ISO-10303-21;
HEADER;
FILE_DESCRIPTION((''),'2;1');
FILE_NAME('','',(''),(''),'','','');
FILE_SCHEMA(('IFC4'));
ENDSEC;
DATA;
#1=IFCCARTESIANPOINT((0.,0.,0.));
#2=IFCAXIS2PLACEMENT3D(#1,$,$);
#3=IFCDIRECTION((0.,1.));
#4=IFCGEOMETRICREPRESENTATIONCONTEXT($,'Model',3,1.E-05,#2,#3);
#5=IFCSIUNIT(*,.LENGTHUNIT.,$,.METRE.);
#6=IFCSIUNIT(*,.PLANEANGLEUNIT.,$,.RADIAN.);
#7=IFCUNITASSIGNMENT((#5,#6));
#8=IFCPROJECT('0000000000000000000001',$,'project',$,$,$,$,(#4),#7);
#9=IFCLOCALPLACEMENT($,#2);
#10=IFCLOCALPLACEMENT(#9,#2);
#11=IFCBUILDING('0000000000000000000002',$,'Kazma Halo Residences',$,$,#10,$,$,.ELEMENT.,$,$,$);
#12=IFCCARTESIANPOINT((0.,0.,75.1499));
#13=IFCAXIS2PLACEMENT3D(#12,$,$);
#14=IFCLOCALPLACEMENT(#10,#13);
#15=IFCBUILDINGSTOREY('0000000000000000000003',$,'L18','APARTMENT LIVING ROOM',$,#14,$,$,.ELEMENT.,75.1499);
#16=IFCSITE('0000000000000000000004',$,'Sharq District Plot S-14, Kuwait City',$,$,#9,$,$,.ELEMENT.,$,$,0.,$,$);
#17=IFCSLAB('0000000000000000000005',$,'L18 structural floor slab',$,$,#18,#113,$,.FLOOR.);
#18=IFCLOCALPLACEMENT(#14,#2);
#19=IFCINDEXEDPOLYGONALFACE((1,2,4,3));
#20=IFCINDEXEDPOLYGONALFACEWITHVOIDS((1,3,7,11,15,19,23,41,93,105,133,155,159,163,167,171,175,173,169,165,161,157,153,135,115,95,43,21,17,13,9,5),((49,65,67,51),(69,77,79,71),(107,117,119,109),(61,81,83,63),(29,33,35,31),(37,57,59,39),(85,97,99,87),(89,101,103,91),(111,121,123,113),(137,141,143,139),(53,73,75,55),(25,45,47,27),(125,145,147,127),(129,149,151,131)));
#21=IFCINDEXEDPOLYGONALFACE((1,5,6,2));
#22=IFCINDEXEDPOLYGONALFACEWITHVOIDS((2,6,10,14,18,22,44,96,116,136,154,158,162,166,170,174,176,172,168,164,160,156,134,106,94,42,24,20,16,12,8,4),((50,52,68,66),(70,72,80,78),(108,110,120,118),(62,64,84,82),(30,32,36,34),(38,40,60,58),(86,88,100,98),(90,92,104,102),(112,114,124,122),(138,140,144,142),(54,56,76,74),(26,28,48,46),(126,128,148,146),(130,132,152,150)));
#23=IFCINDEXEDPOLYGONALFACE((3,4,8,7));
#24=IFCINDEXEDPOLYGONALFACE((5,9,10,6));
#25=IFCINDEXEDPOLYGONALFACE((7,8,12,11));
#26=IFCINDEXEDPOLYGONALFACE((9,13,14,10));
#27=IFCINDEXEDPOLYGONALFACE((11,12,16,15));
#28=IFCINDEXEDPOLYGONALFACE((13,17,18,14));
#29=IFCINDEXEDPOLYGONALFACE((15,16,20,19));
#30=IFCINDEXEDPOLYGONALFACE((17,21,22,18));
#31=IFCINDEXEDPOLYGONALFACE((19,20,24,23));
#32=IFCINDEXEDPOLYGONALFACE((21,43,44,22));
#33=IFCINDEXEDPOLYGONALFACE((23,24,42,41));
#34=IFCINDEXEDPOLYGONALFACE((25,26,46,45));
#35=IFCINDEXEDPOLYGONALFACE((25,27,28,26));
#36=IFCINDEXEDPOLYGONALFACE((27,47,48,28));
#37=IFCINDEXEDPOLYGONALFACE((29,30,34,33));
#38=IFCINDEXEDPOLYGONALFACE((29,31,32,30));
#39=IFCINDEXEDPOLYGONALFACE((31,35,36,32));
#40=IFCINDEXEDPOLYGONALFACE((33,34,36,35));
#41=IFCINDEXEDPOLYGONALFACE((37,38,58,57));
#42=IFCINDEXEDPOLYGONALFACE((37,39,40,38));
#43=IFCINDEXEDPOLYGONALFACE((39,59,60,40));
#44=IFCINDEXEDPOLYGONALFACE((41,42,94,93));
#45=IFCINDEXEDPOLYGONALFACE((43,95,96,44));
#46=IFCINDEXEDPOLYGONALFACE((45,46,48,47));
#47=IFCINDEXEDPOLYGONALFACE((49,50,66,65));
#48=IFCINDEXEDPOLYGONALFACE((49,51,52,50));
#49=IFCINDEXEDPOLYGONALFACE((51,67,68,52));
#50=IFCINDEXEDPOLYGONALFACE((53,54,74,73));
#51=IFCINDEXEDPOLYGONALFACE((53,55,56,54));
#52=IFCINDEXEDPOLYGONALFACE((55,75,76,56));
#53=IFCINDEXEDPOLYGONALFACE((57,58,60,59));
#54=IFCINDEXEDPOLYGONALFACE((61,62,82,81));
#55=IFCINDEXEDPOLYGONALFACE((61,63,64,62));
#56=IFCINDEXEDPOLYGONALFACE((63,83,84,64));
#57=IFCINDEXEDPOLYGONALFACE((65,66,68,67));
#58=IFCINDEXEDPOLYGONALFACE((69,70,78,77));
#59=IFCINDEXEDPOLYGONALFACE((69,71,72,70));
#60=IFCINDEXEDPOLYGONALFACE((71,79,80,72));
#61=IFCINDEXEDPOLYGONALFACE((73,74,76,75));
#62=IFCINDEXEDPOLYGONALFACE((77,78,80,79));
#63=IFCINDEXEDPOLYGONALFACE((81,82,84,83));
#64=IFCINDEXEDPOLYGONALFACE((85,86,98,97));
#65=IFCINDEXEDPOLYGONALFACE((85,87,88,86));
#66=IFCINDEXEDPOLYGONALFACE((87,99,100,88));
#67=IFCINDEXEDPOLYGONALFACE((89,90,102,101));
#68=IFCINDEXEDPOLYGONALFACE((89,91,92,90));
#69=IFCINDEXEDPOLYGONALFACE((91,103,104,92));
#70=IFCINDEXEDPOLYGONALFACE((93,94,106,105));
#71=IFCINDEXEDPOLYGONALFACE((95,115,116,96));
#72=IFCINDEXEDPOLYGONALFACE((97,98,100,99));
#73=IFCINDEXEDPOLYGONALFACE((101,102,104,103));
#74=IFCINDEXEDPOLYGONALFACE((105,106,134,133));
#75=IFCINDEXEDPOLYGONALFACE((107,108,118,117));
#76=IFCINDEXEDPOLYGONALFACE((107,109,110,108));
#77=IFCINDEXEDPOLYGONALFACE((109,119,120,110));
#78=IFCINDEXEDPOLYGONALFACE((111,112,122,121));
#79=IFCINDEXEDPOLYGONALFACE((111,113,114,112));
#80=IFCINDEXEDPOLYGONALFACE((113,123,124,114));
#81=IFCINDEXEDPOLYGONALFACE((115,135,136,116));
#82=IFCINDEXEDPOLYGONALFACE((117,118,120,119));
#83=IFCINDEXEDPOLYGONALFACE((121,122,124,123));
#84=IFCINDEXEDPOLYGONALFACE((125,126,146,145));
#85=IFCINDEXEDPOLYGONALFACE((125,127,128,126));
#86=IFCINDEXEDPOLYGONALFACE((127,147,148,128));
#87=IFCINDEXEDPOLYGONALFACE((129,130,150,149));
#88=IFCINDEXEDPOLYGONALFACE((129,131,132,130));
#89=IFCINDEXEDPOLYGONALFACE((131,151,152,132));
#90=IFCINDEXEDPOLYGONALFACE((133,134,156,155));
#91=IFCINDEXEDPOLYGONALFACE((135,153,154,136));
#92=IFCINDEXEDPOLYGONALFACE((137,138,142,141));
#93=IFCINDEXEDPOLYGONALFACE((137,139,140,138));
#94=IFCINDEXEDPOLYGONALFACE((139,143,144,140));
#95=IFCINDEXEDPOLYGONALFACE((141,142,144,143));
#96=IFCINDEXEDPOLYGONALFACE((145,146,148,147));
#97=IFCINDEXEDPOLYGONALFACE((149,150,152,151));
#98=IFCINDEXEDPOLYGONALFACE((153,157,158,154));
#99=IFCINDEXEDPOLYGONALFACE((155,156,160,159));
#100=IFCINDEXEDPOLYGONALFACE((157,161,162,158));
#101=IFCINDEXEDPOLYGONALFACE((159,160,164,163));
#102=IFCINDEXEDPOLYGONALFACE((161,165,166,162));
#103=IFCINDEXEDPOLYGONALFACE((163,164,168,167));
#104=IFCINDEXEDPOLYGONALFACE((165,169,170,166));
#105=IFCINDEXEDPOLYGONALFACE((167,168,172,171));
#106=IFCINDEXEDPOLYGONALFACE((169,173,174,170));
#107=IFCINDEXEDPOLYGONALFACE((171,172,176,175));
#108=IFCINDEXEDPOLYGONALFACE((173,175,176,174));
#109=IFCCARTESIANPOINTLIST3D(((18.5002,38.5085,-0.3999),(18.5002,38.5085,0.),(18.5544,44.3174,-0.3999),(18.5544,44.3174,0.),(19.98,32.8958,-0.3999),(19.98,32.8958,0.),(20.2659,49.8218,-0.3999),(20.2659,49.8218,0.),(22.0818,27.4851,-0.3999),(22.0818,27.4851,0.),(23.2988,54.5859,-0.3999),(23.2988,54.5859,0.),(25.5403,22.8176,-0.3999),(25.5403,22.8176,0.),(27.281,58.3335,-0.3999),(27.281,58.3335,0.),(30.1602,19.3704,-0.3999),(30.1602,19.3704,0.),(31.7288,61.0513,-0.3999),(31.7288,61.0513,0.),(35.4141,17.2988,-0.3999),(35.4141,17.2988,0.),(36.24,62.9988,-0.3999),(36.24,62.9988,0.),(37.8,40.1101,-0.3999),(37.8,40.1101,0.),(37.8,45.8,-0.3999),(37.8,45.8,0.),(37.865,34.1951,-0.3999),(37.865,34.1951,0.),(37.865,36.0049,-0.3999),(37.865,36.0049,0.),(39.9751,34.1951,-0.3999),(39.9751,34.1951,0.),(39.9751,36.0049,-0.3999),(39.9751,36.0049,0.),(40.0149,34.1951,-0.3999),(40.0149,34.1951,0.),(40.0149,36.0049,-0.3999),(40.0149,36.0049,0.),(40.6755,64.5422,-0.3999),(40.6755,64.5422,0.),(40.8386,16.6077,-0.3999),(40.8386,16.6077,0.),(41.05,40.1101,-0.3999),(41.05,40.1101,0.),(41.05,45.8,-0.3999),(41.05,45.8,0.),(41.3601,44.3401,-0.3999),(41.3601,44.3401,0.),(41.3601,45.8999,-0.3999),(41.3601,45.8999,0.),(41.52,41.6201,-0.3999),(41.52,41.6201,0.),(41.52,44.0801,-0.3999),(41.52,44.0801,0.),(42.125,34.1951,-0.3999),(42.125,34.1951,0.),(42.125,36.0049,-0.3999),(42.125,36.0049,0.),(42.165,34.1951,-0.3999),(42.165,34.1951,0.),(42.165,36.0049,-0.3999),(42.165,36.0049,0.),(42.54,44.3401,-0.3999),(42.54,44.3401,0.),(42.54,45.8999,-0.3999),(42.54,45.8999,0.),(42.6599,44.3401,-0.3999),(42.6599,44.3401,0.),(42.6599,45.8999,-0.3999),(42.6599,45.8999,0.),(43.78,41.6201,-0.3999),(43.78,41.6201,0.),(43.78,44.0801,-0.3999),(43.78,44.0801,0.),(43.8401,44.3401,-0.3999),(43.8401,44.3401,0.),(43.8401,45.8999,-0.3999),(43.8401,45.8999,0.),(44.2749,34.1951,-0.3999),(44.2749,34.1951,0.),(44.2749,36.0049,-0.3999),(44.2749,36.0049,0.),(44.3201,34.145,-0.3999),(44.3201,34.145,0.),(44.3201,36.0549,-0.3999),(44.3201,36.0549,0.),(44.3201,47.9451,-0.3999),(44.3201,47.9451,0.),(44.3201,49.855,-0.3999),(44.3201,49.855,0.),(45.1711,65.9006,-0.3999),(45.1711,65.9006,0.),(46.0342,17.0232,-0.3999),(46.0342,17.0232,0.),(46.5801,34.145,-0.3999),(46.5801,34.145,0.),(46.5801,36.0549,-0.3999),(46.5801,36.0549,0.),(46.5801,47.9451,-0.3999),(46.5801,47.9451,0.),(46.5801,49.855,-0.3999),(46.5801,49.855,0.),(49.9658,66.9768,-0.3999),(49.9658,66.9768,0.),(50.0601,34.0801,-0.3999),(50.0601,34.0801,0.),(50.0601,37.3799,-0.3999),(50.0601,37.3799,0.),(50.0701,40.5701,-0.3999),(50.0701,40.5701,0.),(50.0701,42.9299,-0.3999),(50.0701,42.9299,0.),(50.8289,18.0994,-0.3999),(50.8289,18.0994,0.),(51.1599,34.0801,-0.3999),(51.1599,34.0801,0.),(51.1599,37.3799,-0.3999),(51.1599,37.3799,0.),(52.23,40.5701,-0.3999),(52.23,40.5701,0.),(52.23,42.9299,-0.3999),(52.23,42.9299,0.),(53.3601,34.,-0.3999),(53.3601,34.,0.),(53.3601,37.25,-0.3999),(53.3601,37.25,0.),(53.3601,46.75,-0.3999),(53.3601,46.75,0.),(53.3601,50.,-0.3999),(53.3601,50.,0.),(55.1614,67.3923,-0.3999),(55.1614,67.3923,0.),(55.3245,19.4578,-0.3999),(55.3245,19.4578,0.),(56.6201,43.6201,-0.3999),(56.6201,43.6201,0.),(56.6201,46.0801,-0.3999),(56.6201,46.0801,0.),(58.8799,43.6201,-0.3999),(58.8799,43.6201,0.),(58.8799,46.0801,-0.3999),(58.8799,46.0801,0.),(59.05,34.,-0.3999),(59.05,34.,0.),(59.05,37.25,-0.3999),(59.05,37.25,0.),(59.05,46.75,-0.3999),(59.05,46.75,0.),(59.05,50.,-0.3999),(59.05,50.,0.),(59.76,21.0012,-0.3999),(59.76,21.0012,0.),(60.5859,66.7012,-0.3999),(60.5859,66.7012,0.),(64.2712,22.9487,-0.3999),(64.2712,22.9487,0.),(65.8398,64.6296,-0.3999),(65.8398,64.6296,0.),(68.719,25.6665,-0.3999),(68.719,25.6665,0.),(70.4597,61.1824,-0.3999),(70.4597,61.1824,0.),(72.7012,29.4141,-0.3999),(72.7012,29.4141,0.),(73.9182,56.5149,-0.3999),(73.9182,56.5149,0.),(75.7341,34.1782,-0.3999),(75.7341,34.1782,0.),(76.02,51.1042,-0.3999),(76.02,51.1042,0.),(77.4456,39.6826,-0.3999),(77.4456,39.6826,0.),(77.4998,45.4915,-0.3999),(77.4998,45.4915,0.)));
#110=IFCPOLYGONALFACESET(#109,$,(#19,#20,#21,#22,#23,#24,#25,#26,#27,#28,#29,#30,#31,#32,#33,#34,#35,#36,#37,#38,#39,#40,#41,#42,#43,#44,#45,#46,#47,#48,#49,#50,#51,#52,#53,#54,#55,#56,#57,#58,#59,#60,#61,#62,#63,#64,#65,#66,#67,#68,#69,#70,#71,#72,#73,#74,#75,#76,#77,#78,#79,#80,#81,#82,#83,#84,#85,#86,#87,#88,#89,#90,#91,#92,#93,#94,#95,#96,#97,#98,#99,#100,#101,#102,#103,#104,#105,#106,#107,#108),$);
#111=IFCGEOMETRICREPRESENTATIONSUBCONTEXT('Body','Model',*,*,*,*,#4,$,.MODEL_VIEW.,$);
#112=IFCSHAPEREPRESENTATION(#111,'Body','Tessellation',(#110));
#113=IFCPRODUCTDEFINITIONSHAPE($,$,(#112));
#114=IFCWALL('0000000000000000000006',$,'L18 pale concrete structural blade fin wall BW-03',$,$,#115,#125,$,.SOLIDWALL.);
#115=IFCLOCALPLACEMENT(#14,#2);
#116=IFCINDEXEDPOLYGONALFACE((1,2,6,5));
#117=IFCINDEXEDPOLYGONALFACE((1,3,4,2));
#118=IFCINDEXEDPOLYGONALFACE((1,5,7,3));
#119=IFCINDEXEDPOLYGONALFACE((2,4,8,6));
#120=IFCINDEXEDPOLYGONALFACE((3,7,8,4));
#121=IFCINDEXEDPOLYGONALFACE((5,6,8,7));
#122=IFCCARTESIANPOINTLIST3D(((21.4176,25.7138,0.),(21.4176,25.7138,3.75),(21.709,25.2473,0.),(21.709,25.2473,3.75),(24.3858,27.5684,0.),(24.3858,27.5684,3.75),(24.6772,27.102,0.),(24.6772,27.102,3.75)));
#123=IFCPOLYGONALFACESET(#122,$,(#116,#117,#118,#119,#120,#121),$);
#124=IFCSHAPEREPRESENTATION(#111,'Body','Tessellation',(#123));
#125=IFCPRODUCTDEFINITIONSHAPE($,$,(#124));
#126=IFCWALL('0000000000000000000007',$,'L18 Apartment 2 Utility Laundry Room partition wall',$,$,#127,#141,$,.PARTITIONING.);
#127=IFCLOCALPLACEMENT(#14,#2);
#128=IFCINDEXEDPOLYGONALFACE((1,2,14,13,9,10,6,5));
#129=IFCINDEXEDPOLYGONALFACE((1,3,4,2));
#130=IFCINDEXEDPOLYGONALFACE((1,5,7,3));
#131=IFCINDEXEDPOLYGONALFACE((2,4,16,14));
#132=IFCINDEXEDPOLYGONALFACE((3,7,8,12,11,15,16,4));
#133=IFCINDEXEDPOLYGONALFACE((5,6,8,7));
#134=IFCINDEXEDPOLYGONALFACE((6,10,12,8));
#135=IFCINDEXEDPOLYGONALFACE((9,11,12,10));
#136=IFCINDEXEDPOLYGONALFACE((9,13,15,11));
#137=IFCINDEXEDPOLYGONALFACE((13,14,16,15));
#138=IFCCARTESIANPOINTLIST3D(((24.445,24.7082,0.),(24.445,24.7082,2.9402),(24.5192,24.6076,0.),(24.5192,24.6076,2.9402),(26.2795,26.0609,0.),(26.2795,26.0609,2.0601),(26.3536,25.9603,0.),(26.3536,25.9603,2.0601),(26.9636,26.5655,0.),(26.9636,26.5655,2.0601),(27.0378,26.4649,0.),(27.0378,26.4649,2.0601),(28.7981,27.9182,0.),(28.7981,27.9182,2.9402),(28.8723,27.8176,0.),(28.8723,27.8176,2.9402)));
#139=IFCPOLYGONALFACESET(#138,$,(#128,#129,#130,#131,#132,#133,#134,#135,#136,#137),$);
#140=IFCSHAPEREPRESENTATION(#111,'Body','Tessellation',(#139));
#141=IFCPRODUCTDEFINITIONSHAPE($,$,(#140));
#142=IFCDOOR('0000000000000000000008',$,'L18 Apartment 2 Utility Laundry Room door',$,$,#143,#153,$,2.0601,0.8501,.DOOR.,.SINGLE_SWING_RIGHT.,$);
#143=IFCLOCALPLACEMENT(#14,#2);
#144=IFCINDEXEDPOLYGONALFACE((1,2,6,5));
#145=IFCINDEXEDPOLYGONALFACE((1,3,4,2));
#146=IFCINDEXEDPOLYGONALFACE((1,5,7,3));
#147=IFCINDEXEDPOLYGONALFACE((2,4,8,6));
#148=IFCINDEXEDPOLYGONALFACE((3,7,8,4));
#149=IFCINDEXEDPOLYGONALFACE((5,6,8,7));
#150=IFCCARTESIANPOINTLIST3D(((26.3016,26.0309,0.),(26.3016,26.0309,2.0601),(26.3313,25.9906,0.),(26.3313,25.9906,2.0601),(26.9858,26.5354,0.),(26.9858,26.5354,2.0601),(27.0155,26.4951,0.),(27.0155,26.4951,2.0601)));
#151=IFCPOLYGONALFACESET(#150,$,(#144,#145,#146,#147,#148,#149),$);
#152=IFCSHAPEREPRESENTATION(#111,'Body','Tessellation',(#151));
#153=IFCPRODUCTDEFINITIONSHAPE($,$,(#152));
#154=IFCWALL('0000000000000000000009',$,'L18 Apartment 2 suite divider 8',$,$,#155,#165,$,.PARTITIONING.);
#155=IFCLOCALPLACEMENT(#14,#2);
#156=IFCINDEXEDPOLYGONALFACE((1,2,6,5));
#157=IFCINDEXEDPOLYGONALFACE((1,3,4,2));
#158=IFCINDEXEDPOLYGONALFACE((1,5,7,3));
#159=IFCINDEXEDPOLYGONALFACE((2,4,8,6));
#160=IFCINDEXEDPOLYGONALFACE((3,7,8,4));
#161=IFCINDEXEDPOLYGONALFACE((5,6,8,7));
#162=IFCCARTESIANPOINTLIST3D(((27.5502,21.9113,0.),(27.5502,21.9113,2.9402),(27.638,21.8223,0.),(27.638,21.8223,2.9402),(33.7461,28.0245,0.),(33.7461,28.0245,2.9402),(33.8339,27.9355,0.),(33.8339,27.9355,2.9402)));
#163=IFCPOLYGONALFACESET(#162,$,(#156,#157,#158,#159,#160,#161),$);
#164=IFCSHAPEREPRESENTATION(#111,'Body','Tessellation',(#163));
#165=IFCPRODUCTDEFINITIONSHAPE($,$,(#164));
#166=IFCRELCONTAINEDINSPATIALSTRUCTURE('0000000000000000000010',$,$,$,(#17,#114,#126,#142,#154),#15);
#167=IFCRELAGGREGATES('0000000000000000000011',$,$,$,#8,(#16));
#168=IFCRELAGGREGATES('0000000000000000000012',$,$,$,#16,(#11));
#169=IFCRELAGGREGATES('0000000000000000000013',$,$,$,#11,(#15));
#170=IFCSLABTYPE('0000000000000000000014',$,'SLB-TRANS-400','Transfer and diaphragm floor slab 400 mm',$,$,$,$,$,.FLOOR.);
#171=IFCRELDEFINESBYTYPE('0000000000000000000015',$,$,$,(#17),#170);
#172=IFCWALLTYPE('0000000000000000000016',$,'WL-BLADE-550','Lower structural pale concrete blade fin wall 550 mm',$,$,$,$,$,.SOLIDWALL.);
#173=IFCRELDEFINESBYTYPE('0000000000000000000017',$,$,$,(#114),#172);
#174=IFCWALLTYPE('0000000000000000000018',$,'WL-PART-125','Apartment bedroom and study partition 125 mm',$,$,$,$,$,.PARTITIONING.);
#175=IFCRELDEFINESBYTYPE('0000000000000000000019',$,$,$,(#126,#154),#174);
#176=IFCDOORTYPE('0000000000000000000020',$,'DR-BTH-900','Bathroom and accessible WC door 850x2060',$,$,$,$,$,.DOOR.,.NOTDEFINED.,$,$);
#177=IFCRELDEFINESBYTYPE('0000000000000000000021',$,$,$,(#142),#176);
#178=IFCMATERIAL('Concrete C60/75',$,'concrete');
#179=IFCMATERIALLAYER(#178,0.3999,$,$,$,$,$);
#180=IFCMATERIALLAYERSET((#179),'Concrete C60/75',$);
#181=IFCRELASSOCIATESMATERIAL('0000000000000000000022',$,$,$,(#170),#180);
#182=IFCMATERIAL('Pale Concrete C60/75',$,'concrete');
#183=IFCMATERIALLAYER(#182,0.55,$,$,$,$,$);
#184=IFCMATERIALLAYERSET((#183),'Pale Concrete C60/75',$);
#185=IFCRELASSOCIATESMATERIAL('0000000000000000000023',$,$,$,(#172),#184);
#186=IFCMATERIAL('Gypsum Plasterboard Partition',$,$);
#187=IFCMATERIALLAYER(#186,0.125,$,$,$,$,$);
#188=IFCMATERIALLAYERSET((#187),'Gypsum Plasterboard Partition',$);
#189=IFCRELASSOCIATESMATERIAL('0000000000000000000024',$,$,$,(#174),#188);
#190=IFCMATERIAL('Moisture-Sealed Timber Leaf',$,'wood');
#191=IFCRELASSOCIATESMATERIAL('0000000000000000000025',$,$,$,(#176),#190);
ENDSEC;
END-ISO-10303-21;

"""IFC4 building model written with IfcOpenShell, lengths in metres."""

from ifc_helpers import new_model, si_unit, direction, frame, frame_2d, origin, place, context, subcontext, project, spatial, polyline, rectangle, outline, extrude, material, layer, layer_set, type_object, element, fill, save


model = new_model("IFC4")

# Units and contexts
model_context = context("Model", 3, precision=1e-05, world=origin(), true_north=direction((0.0, 1.0)))
body_context = subcontext(model_context, "Body", "Model", "MODEL_VIEW")
ifc_project = project(units=[si_unit("LENGTHUNIT", "METRE"), si_unit("PLANEANGLEUNIT", "RADIAN")], contexts=[model_context])

# Site, building, storey
site_placement = place(None, origin())
site = spatial("IfcSite", under=ifc_project, at=site_placement, Name="Sharq District Plot S-14, Kuwait City", CompositionType="ELEMENT", RefElevation=0.0)
building_placement = place(site_placement, origin())
building = spatial("IfcBuilding", under=site, at=building_placement, Name="Kazma Halo Residences", CompositionType="ELEMENT")
storey_placement = place(building_placement, frame((0.0, 0.0, 75.1499)))
storey = spatial("IfcBuildingStorey", under=building, at=storey_placement, Name="L18", Description="APARTMENT LIVING ROOM", CompositionType="ELEMENT", Elevation=75.1499)

# Slab
ifc_material_1 = material(Name="Concrete C60/75", Category="concrete")
ifc_layer_1 = layer(ifc_material_1, 0.3999)
ifc_layer_set_1 = layer_set([ifc_layer_1], Name="Concrete C60/75")
slab_type_1 = type_object("IfcSlabType", Name="SLB-TRANS-400", Description="Transfer and diaphragm floor slab 400 mm", PredefinedType="FLOOR", material=ifc_layer_set_1)
slab_1_placement = place(storey_placement, frame((0.0, 0.0, -0.3999)))
element("IfcSlab", 1, at=slab_1_placement, inside=storey, type_object=slab_type_1, Name="L18 structural floor slab", PredefinedType="FLOOR", context=body_context, shape_type="SweptSolid", body=[
    extrude(outline(polyline([(76.02, 51.1042), (73.9182, 56.5149), (70.4597, 61.1824), (65.8398, 64.6296), (60.5859, 66.7012), (55.1614, 67.3923), (49.9658, 66.9768), (45.1711, 65.9006), (40.6755, 64.5422), (36.24, 62.9988), (31.7288, 61.0513), (27.281, 58.3335), (23.2988, 54.5859), (20.2659, 49.8218), (18.5544, 44.3174), (18.5002, 38.5085), (19.98, 32.8958), (22.0818, 27.4851), (25.5403, 22.8176), (30.1602, 19.3704), (35.4141, 17.2988), (40.8386, 16.6077), (46.0342, 17.0232), (50.8289, 18.0994), (55.3245, 19.4578), (59.76, 21.0012), (64.2712, 22.9487), (68.719, 25.6665), (72.7012, 29.4141), (75.7341, 34.1782), (77.4456, 39.6826), (77.4998, 45.4915), (76.02, 51.1042)]), holes=[polyline([(37.8, 40.1101), (41.05, 40.1101), (41.05, 45.8), (37.8, 45.8), (37.8, 40.1101)]), polyline([(53.3601, 46.75), (59.05, 46.75), (59.05, 50.0), (53.3601, 50.0), (53.3601, 46.75)]), polyline([(53.3601, 34.0), (59.05, 34.0), (59.05, 37.25), (53.3601, 37.25), (53.3601, 34.0)]), polyline([(41.52, 41.6201), (43.78, 41.6201), (43.78, 44.0801), (41.52, 44.0801), (41.52, 41.6201)]), polyline([(56.6201, 43.6201), (58.8799, 43.6201), (58.8799, 46.0801), (56.6201, 46.0801), (56.6201, 43.6201)]), polyline([(37.865, 34.1951), (39.9751, 34.1951), (39.9751, 36.0049), (37.865, 36.0049), (37.865, 34.1951)]), polyline([(40.0149, 34.1951), (42.125, 34.1951), (42.125, 36.0049), (40.0149, 36.0049), (40.0149, 34.1951)]), polyline([(42.165, 34.1951), (44.2749, 34.1951), (44.2749, 36.0049), (42.165, 36.0049), (42.165, 34.1951)]), polyline([(44.3201, 47.9451), (46.5801, 47.9451), (46.5801, 49.855), (44.3201, 49.855), (44.3201, 47.9451)]), polyline([(44.3201, 34.145), (46.5801, 34.145), (46.5801, 36.0549), (44.3201, 36.0549), (44.3201, 34.145)]), polyline([(50.0701, 40.5701), (52.23, 40.5701), (52.23, 42.9299), (50.0701, 42.9299), (50.0701, 40.5701)]), polyline([(41.3601, 44.3401), (42.54, 44.3401), (42.54, 45.8999), (41.3601, 45.8999), (41.3601, 44.3401)]), polyline([(42.6599, 44.3401), (43.8401, 44.3401), (43.8401, 45.8999), (42.6599, 45.8999), (42.6599, 44.3401)]), polyline([(50.0601, 34.0801), (51.1599, 34.0801), (51.1599, 37.3799), (50.0601, 37.3799), (50.0601, 34.0801)])]), origin(), (0.0, 0.0, 1.0), 0.3999),
])

# Wall
ifc_material_2 = material(Name="Pale Concrete C60/75", Category="concrete")
ifc_layer_2 = layer(ifc_material_2, 0.55)
ifc_layer_set_2 = layer_set([ifc_layer_2], Name="Pale Concrete C60/75")
wall_type_1 = type_object("IfcWallType", Name="WL-BLADE-550", Description="Lower structural pale concrete blade fin wall 550 mm", PredefinedType="SOLIDWALL", material=ifc_layer_set_2)
wall_1_placement = place(storey_placement, frame((24.5315, 27.3352, 0.0), z_axis=(0.0, 0.0, 1.0), x_axis=(-0.848053, -0.529911, 0.0)))
element("IfcWall", 2, at=wall_1_placement, inside=storey, type_object=wall_type_1, Name="L18 pale concrete structural blade fin wall BW-03", PredefinedType="SOLIDWALL", context=body_context, shape_type="SweptSolid", body=[
    extrude(rectangle(XDim=3.5, YDim=0.55, at=frame_2d((1.75, 0.0))), origin(), (0.0, 0.0, 1.0), 3.75),
])

# Wall, opening, door
ifc_material_3 = material(Name="Gypsum Plasterboard Partition")
ifc_layer_3 = layer(ifc_material_3, 0.125)
ifc_layer_set_3 = layer_set([ifc_layer_3], Name="Gypsum Plasterboard Partition")
wall_type_2 = type_object("IfcWallType", Name="WL-PART-125", Description="Apartment bedroom and study partition 125 mm", PredefinedType="PARTITIONING", material=ifc_layer_set_3)
wall_2_placement = place(storey_placement, frame((28.8352, 27.8679, 0.0), z_axis=(0.0, 0.0, 1.0), x_axis=(-0.804838, -0.593495, 0.0)))
wall_2 = element("IfcWall", 3, at=wall_2_placement, inside=storey, type_object=wall_type_2, Name="L18 Apartment 2 Utility Laundry Room partition wall", PredefinedType="PARTITIONING", context=body_context, shape_type="SweptSolid", body=[
    extrude(rectangle(XDim=5.4087, YDim=0.125, at=frame_2d((2.7043, 0.0))), origin(), (0.0, 0.0, 1.0), 2.9402),
])
opening_placement = place(wall_2_placement, frame((2.2793, 0.0, 0.0)))
opening = element("IfcOpeningElement", 4, at=opening_placement, cuts=wall_2, PredefinedType="OPENING", context=body_context, shape_type="SweptSolid", body=[
    extrude(rectangle(XDim=0.8501, YDim=2.0601, at=frame_2d((0.425, 1.03))), frame((0.0, 0.0725, 0.0), z_axis=(0.0, -1.0, 0.0), x_axis=(1.0, 0.0, 0.0)), (0.0, 0.0, 1.0), 0.145),
])
ifc_material_4 = material(Name="Moisture-Sealed Timber Leaf", Category="wood")
door_type = type_object("IfcDoorType", Name="DR-BTH-900", Description="Bathroom and accessible WC door 850x2060", OperationType="NOTDEFINED", PredefinedType="DOOR", material=ifc_material_4)
door_placement = place(opening_placement, origin())
door = element("IfcDoor", 5, at=door_placement, inside=storey, type_object=door_type, Name="L18 Apartment 2 Utility Laundry Room door", OperationType="SINGLE_SWING_RIGHT", OverallHeight=2.0601, OverallWidth=0.8501, PredefinedType="DOOR", context=body_context, shape_type="SweptSolid", body=[
    extrude(rectangle(XDim=0.8501, YDim=2.0601, at=frame_2d((0.425, 1.03))), frame((0.0, 0.0249, 0.0), z_axis=(0.0, -1.0, 0.0), x_axis=(1.0, 0.0, 0.0)), (0.0, 0.0, 1.0), 0.05),
])
fill(opening, door)

# Wall
wall_3_placement = place(storey_placement, frame((33.79, 27.98, 0.0), z_axis=(0.0, 0.0, 1.0), x_axis=(-0.711845, -0.702337, 0.0)))
element("IfcWall", 6, at=wall_3_placement, inside=storey, type_object=wall_type_2, Name="L18 Apartment 2 suite divider 8", PredefinedType="PARTITIONING", context=body_context, shape_type="SweptSolid", body=[
    extrude(rectangle(XDim=8.7041, YDim=0.125, at=frame_2d((4.3521, 0.0))), origin(), (0.0, 0.0, 1.0), 2.9402),
])

save(model, "model.ifc")
